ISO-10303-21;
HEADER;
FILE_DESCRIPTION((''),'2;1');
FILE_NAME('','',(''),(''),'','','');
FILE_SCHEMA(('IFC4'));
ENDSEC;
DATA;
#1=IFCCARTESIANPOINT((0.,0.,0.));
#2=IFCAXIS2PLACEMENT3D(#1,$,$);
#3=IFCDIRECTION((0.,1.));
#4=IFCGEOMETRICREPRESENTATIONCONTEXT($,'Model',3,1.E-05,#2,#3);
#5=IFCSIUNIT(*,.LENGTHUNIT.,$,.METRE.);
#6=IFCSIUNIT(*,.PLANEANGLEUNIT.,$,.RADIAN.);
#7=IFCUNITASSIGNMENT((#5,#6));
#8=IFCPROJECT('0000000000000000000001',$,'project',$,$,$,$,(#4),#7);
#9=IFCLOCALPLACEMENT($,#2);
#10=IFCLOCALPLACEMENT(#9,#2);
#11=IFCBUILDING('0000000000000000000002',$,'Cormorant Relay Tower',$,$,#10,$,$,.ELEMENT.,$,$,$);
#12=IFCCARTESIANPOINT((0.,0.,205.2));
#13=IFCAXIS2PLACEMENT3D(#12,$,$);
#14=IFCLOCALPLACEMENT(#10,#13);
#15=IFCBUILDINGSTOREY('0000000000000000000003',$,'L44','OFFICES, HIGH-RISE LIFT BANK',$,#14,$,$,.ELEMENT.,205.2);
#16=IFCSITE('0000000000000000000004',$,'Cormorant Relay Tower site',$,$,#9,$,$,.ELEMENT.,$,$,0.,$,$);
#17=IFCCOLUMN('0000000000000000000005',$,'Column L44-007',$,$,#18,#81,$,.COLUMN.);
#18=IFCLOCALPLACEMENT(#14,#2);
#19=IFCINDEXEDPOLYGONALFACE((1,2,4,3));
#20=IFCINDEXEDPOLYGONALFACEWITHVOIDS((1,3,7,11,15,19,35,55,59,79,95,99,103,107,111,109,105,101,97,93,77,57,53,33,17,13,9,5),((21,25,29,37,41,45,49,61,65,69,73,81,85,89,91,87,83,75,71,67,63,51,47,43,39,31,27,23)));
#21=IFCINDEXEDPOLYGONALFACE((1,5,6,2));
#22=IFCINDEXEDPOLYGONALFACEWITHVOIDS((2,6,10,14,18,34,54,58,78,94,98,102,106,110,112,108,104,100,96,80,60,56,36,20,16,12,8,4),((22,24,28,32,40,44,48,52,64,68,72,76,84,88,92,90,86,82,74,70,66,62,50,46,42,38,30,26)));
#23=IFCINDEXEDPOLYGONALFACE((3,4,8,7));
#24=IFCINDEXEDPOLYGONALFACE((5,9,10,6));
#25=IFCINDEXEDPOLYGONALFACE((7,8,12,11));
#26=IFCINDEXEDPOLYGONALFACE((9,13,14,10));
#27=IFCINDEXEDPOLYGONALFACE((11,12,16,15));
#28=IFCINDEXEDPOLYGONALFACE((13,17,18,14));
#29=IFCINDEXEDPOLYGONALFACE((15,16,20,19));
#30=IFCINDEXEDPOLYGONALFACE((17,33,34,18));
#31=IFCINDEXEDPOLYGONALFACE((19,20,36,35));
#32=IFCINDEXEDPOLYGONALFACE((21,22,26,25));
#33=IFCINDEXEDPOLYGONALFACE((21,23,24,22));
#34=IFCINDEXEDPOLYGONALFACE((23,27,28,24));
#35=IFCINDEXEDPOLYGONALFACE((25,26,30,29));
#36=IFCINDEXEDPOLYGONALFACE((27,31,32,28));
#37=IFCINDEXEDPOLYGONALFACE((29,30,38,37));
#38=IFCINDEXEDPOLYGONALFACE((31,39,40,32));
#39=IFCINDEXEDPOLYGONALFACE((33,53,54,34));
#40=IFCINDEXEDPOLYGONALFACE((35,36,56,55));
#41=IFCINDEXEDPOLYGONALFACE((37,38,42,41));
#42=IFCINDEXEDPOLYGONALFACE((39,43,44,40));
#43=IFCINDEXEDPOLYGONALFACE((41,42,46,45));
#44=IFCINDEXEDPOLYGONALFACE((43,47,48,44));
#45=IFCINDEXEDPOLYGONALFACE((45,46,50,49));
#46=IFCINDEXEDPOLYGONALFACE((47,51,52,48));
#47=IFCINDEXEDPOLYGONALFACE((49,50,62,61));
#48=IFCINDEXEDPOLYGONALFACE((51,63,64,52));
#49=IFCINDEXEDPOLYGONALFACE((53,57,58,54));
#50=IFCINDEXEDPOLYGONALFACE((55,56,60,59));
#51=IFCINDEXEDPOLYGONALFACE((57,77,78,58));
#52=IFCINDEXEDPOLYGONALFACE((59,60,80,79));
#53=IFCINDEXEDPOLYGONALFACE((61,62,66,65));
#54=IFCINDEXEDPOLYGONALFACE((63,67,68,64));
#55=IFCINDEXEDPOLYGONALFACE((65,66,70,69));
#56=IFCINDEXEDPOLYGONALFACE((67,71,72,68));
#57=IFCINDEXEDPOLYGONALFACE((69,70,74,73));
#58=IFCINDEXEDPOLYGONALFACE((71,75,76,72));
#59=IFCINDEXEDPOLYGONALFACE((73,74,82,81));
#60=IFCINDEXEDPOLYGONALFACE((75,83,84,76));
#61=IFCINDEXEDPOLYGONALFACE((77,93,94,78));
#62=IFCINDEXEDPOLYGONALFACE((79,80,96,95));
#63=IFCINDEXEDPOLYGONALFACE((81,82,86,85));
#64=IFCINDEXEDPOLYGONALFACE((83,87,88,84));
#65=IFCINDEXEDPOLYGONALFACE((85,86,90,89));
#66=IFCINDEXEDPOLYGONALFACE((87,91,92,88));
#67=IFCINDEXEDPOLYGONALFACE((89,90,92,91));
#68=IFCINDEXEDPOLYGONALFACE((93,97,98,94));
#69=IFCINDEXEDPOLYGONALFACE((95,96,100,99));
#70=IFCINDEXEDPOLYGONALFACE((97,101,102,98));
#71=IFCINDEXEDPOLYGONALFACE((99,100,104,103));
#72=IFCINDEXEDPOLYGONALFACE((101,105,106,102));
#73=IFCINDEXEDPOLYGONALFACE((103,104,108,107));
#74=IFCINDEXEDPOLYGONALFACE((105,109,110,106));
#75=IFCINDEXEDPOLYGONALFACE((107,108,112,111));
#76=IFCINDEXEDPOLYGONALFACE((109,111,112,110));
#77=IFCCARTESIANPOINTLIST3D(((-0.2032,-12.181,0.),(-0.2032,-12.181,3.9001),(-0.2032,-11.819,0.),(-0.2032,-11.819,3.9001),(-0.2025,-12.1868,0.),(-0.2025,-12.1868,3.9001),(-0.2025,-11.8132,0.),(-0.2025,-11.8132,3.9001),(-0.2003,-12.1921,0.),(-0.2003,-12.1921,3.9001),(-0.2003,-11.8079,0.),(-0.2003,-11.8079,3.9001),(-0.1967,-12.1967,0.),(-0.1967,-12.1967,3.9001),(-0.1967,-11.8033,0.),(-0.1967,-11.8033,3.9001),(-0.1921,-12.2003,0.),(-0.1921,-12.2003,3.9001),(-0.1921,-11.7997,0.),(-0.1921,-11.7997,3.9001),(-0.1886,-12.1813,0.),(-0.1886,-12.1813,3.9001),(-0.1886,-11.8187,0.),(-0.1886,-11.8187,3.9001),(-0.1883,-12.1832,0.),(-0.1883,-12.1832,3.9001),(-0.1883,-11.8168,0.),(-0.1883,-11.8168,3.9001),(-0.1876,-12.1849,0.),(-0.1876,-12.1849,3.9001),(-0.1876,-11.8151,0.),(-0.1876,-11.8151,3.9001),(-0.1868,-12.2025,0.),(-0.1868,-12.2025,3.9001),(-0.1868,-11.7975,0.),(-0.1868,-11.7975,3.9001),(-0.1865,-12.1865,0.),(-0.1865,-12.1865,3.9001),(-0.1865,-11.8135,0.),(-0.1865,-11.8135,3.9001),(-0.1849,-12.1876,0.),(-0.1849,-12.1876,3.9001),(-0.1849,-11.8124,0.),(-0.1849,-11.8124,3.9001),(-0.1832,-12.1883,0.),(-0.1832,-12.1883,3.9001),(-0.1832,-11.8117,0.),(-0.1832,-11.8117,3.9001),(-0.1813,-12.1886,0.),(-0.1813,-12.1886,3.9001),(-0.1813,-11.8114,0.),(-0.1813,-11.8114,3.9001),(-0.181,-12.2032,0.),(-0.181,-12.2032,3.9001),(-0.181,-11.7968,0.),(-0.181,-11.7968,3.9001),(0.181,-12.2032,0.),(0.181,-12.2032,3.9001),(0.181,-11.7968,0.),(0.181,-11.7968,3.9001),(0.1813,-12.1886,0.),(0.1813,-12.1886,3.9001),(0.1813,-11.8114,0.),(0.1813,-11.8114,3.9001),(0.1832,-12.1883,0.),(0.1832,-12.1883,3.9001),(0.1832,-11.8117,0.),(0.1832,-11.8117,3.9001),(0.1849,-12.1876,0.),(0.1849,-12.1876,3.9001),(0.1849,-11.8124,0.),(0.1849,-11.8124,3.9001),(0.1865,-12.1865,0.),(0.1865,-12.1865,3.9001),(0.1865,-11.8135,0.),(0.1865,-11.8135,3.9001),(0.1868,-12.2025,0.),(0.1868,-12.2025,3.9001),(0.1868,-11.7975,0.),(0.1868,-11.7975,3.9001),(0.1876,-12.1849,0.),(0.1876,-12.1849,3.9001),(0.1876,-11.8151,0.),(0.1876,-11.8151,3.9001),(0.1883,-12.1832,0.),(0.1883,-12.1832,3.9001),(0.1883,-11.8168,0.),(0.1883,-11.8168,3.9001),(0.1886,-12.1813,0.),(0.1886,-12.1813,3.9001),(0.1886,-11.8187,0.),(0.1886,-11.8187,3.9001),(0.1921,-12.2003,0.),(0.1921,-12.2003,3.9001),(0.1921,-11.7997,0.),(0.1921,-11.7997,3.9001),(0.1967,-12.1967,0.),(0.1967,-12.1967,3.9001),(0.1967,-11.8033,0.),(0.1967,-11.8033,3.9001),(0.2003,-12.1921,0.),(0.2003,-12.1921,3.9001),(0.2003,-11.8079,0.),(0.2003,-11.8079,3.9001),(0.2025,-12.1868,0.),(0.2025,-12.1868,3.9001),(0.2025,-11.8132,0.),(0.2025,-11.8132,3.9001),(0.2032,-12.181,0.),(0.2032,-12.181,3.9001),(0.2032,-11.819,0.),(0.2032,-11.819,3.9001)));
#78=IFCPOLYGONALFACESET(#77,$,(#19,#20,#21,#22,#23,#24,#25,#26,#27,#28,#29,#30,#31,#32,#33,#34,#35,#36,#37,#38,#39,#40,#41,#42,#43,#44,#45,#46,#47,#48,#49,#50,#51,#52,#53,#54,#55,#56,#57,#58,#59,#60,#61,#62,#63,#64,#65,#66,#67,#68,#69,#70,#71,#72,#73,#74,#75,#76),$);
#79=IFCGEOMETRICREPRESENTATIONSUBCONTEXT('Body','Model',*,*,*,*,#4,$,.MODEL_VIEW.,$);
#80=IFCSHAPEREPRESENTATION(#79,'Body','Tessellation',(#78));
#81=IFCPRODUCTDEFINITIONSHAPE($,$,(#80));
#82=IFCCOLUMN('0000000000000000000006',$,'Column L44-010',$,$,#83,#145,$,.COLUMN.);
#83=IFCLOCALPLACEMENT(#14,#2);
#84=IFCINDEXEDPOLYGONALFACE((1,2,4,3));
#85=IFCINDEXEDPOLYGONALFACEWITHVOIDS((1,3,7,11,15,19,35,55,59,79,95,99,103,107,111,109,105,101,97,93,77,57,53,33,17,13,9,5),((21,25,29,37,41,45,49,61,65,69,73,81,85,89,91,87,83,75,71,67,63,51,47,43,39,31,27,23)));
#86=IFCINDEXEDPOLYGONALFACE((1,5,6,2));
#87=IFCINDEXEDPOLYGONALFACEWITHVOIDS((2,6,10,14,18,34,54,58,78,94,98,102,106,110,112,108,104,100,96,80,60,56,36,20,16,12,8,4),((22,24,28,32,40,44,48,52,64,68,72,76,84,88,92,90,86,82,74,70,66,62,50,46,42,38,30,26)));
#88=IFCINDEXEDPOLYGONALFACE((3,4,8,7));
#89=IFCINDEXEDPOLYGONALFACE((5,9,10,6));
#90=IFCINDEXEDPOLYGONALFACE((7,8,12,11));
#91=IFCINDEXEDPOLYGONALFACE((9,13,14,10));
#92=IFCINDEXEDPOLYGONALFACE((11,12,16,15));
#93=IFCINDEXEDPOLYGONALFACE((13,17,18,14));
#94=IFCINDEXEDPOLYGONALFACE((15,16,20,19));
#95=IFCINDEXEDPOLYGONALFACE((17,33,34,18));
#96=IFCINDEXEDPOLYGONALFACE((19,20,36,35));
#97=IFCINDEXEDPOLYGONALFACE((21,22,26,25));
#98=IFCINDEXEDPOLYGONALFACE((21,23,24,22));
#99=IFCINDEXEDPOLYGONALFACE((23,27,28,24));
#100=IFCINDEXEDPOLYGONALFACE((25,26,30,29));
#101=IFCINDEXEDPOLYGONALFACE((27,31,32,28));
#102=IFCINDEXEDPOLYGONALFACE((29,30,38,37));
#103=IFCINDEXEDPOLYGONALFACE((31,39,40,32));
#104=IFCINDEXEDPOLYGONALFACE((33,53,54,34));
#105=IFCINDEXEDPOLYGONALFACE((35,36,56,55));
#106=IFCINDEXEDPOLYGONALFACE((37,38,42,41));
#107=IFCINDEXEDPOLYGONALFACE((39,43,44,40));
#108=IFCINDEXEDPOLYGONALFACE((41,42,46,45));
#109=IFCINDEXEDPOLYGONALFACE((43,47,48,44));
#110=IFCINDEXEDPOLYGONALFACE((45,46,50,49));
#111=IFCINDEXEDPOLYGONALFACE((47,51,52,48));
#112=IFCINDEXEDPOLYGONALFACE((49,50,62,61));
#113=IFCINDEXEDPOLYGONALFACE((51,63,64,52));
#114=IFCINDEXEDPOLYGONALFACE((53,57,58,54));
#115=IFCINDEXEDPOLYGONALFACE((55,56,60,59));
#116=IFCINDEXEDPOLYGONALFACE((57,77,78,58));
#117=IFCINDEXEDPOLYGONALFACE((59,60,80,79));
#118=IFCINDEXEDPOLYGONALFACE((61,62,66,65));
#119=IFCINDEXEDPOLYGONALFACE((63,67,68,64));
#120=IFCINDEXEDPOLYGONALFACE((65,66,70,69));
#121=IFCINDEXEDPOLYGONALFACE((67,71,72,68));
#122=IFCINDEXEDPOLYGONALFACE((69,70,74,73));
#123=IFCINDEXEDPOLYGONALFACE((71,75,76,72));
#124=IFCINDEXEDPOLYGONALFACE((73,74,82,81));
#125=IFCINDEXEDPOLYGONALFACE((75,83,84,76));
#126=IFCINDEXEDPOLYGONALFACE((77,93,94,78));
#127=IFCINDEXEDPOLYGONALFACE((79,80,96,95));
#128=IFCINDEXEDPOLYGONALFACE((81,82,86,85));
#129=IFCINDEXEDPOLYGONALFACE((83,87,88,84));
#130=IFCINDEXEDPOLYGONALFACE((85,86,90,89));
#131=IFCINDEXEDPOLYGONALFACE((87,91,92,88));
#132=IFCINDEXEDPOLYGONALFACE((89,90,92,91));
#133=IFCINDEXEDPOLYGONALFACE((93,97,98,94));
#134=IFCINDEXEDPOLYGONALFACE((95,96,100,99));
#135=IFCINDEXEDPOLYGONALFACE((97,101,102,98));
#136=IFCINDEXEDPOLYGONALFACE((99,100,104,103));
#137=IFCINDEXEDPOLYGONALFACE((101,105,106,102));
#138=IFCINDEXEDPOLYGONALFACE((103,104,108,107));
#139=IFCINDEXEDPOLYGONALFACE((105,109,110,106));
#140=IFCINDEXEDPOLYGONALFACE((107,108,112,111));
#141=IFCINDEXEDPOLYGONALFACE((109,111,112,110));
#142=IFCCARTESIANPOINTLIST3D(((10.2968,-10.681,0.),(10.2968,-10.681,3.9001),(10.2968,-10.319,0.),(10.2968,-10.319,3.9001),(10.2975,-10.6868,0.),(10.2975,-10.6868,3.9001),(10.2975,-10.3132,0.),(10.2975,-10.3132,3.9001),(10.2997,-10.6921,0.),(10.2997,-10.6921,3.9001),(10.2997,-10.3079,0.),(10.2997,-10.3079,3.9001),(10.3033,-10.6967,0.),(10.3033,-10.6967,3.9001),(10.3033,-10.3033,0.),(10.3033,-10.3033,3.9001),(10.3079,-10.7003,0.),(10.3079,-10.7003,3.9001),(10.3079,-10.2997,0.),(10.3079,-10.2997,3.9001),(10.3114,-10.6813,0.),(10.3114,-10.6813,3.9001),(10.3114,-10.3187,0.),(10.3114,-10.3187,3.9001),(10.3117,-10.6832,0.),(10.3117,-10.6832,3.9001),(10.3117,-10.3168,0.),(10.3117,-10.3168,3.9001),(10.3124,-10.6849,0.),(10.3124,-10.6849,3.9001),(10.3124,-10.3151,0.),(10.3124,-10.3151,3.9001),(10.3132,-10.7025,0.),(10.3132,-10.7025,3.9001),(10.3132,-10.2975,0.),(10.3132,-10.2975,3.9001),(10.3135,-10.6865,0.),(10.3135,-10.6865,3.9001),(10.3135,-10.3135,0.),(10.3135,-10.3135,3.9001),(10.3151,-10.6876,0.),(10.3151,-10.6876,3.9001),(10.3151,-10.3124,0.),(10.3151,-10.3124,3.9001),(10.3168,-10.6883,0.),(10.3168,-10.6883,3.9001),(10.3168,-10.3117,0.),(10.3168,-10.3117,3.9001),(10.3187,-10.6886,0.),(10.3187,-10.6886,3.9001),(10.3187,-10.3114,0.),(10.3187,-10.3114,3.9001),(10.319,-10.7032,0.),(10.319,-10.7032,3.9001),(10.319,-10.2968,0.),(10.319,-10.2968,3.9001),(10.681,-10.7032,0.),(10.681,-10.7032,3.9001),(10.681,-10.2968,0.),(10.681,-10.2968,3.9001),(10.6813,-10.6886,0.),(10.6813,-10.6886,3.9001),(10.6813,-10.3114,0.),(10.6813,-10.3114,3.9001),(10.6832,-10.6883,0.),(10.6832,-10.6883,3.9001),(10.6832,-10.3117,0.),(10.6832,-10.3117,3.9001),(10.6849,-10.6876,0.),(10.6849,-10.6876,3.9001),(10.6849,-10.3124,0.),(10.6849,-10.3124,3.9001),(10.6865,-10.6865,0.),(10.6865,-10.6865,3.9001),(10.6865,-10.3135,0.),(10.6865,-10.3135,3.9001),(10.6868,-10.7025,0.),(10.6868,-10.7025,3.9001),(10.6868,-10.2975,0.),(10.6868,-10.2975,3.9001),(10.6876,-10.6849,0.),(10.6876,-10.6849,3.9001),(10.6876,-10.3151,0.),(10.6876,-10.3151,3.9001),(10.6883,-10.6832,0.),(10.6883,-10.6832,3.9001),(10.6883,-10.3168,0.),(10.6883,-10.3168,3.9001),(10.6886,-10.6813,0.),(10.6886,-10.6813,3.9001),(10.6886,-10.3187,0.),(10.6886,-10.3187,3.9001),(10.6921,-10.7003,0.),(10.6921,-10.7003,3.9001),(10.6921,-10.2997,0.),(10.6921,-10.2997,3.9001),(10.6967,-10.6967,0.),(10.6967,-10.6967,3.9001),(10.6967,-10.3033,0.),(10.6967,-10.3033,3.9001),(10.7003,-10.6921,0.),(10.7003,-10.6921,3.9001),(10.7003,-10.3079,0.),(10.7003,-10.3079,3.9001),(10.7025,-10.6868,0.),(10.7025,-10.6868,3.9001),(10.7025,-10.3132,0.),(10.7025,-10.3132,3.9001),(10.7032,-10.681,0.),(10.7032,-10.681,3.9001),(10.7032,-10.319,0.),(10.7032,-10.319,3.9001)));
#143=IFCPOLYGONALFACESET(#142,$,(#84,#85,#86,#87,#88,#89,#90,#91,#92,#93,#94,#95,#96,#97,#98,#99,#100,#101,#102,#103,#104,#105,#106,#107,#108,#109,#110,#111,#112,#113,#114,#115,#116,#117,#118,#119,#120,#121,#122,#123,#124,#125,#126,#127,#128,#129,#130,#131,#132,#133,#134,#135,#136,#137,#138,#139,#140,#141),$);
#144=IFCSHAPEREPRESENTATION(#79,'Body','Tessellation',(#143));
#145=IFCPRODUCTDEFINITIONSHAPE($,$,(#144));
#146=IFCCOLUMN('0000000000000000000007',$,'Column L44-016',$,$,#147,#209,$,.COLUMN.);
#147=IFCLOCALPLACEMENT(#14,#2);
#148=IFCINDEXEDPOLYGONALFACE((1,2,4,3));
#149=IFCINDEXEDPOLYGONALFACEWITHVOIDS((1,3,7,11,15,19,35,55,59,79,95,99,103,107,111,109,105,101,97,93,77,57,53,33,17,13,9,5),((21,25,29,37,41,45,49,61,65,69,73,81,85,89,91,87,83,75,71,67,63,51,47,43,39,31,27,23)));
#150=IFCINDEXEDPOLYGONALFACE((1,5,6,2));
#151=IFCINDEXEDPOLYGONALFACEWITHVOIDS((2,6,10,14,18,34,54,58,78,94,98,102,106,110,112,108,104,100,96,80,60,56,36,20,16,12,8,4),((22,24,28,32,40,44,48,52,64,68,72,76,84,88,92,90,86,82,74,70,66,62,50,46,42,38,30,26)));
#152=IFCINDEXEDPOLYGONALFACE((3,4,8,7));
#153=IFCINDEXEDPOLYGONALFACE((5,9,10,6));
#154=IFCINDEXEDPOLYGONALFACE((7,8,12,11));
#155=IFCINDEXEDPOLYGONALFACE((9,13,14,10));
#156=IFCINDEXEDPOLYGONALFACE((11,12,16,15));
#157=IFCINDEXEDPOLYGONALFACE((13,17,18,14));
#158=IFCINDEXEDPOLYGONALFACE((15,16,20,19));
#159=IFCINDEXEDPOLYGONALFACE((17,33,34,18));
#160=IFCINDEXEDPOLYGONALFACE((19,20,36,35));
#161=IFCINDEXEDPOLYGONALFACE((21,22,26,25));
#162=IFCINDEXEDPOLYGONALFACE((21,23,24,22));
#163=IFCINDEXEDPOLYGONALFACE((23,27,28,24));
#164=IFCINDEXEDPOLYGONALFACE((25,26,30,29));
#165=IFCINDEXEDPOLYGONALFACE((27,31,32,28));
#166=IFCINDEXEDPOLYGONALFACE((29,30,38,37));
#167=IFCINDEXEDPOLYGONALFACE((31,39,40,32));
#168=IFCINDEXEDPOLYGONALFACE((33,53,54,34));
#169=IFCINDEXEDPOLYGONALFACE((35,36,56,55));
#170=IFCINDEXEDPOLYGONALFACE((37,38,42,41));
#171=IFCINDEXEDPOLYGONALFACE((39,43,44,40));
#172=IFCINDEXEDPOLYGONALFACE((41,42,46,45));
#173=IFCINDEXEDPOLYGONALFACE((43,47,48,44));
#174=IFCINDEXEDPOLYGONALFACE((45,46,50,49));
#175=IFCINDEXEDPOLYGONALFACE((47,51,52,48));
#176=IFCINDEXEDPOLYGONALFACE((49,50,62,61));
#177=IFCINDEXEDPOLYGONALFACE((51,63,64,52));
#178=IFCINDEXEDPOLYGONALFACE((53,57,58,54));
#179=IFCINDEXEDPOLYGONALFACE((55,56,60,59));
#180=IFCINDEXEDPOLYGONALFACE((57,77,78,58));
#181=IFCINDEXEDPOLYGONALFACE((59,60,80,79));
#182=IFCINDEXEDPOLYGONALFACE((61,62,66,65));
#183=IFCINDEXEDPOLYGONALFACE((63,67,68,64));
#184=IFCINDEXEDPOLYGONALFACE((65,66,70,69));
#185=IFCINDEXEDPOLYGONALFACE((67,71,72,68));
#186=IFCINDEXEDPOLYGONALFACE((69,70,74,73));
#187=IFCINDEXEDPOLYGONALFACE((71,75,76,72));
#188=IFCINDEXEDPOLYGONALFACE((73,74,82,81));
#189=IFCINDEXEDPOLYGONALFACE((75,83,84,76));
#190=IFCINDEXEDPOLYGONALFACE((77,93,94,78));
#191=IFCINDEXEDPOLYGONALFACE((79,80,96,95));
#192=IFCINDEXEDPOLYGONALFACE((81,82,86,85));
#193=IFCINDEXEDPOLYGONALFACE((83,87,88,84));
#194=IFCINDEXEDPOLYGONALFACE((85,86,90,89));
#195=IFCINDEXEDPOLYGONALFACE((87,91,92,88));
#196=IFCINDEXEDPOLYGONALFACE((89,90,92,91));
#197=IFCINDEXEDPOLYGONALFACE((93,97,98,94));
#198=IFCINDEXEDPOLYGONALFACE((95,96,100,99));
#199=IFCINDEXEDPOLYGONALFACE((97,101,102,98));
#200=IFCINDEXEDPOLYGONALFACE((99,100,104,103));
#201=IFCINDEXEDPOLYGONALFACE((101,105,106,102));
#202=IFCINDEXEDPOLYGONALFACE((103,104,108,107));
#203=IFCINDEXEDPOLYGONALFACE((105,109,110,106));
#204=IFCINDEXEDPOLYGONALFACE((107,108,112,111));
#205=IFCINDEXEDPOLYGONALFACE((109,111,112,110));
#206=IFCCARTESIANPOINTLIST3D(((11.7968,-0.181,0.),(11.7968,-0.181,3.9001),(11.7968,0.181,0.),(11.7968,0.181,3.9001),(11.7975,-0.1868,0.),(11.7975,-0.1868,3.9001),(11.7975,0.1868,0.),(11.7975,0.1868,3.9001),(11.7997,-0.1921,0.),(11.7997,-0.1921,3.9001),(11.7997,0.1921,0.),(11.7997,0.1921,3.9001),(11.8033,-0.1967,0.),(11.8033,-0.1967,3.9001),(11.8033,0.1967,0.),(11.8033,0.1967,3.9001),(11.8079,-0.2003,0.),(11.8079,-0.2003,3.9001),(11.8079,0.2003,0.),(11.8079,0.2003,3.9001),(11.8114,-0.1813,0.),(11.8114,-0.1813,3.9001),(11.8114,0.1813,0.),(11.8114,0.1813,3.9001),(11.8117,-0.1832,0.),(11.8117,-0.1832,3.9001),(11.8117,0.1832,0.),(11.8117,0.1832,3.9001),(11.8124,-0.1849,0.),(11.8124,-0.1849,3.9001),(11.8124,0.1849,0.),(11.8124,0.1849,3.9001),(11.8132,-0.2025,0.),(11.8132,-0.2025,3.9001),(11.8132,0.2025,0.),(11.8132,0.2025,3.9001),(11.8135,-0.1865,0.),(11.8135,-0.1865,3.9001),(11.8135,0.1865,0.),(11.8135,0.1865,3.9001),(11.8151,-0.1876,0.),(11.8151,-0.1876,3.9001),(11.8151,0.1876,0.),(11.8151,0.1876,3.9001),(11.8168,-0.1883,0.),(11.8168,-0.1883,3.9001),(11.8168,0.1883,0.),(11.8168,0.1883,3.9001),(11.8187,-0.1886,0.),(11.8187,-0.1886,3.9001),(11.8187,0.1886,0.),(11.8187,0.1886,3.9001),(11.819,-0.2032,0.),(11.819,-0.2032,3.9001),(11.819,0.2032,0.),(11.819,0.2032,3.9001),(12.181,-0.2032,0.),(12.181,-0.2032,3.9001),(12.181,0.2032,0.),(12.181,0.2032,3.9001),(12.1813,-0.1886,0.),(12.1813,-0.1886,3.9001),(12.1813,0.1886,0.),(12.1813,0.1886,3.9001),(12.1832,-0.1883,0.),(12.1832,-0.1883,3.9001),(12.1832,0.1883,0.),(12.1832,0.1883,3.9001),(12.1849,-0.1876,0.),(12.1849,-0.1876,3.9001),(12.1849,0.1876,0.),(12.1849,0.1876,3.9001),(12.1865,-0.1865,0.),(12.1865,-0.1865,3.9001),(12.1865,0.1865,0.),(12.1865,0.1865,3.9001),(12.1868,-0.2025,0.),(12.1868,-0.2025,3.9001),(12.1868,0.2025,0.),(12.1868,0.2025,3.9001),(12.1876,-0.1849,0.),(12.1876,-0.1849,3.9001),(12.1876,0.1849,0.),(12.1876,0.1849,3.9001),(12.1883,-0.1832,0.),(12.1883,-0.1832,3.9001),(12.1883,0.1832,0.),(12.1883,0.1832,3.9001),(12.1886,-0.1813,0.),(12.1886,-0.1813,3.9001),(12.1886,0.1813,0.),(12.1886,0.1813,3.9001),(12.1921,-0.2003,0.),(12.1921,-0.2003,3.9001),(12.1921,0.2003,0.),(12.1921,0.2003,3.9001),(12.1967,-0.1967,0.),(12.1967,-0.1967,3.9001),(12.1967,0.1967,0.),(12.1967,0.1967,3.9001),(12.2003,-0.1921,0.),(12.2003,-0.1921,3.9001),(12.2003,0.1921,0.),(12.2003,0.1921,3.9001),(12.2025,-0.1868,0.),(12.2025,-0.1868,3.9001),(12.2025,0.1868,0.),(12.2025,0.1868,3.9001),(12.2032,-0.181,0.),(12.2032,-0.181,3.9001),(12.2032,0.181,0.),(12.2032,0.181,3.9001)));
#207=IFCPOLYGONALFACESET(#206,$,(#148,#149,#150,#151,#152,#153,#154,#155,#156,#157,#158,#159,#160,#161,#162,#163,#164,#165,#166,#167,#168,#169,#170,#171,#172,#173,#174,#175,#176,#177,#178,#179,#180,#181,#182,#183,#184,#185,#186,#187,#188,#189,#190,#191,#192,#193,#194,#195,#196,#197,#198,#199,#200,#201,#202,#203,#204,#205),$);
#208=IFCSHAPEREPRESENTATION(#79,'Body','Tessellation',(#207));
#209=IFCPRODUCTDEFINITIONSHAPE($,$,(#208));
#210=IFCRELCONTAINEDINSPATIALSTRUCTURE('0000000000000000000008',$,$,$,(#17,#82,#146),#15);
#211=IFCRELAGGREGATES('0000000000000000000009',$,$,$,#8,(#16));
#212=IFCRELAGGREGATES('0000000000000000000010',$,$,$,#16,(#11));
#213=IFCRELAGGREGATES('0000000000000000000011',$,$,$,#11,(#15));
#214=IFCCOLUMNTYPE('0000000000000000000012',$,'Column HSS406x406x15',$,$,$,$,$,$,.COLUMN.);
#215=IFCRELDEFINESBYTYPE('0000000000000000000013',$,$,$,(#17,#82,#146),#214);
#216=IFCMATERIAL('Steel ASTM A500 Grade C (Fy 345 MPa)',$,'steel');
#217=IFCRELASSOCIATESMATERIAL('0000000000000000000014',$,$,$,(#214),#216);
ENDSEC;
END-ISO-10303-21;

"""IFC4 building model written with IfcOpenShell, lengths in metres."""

from ifc_helpers import new_model, si_unit, direction, frame, origin, origin_2d, place, context, subcontext, project, spatial, hollow_rectangle, extrude, material, material_profile, profile_set, type_object, element, save


model = new_model("IFC4")

# Units and contexts
model_context = context("Model", 3, precision=1e-05, world=origin(), true_north=direction((0.0, 1.0)))
body_context = subcontext(model_context, "Body", "Model", "MODEL_VIEW")
ifc_project = project(units=[si_unit("LENGTHUNIT", "METRE"), si_unit("PLANEANGLEUNIT", "RADIAN")], contexts=[model_context])

# Site, building, storey
site_placement = place(None, origin())
site = spatial("IfcSite", under=ifc_project, at=site_placement, Name="Cormorant Relay Tower site", CompositionType="ELEMENT", RefElevation=0.0)
building_placement = place(site_placement, origin())
building = spatial("IfcBuilding", under=site, at=building_placement, Name="Cormorant Relay Tower", CompositionType="ELEMENT")
storey_placement = place(building_placement, frame((0.0, 0.0, 205.2)))
storey = spatial("IfcBuildingStorey", under=building, at=storey_placement, Name="L44", Description="OFFICES, HIGH-RISE LIFT BANK", CompositionType="ELEMENT", Elevation=205.2)

# Columns
ifc_material_1 = material(Name="Steel ASTM A500 Grade C (Fy 345 MPa)", Category="steel")
ifc_material_profile_1 = material_profile(ifc_material_1, hollow_rectangle(XDim=0.4065, YDim=0.4065, WallThickness=0.0146, InnerFilletRadius=0.0073, OuterFilletRadius=0.0222, at=origin_2d()), Name="HSS406x406x15")
ifc_profile_set_1 = profile_set([ifc_material_profile_1], Name="Steel ASTM A500 Grade C (Fy 345 MPa)")
column_type_1 = type_object("IfcColumnType", Name="Column HSS406x406x15", PredefinedType="COLUMN", material=ifc_profile_set_1)
for number, where, z_axis, x_axis, name in (
    (1, (0.0, -12.0, 0.0), (0.0, 0.0, 1.0), (1.0, 0.0, 0.0), "Column L44-007"),
    (2, (10.5, -10.5, 0.0), (0.0, 0.0, 1.0), (1.0, 0.0, 0.0), "Column L44-010"),
    (3, (12.0, 0.0, 0.0), (0.0, 0.0, 1.0), (1.0, 0.0, 0.0), "Column L44-016"),
):
    element("IfcColumn", number, at=place(storey_placement, frame(where, z_axis=z_axis, x_axis=x_axis)), inside=storey, type_object=column_type_1, Name=name, PredefinedType="COLUMN", context=body_context, shape_type="SweptSolid", body=[
        extrude(hollow_rectangle(XDim=0.4065, YDim=0.4065, WallThickness=0.0146, InnerFilletRadius=0.0073, OuterFilletRadius=0.0222, at=origin_2d()), origin(), (0.0, 0.0, 1.0), 3.9001),
    ])

save(model, "model.ifc")
